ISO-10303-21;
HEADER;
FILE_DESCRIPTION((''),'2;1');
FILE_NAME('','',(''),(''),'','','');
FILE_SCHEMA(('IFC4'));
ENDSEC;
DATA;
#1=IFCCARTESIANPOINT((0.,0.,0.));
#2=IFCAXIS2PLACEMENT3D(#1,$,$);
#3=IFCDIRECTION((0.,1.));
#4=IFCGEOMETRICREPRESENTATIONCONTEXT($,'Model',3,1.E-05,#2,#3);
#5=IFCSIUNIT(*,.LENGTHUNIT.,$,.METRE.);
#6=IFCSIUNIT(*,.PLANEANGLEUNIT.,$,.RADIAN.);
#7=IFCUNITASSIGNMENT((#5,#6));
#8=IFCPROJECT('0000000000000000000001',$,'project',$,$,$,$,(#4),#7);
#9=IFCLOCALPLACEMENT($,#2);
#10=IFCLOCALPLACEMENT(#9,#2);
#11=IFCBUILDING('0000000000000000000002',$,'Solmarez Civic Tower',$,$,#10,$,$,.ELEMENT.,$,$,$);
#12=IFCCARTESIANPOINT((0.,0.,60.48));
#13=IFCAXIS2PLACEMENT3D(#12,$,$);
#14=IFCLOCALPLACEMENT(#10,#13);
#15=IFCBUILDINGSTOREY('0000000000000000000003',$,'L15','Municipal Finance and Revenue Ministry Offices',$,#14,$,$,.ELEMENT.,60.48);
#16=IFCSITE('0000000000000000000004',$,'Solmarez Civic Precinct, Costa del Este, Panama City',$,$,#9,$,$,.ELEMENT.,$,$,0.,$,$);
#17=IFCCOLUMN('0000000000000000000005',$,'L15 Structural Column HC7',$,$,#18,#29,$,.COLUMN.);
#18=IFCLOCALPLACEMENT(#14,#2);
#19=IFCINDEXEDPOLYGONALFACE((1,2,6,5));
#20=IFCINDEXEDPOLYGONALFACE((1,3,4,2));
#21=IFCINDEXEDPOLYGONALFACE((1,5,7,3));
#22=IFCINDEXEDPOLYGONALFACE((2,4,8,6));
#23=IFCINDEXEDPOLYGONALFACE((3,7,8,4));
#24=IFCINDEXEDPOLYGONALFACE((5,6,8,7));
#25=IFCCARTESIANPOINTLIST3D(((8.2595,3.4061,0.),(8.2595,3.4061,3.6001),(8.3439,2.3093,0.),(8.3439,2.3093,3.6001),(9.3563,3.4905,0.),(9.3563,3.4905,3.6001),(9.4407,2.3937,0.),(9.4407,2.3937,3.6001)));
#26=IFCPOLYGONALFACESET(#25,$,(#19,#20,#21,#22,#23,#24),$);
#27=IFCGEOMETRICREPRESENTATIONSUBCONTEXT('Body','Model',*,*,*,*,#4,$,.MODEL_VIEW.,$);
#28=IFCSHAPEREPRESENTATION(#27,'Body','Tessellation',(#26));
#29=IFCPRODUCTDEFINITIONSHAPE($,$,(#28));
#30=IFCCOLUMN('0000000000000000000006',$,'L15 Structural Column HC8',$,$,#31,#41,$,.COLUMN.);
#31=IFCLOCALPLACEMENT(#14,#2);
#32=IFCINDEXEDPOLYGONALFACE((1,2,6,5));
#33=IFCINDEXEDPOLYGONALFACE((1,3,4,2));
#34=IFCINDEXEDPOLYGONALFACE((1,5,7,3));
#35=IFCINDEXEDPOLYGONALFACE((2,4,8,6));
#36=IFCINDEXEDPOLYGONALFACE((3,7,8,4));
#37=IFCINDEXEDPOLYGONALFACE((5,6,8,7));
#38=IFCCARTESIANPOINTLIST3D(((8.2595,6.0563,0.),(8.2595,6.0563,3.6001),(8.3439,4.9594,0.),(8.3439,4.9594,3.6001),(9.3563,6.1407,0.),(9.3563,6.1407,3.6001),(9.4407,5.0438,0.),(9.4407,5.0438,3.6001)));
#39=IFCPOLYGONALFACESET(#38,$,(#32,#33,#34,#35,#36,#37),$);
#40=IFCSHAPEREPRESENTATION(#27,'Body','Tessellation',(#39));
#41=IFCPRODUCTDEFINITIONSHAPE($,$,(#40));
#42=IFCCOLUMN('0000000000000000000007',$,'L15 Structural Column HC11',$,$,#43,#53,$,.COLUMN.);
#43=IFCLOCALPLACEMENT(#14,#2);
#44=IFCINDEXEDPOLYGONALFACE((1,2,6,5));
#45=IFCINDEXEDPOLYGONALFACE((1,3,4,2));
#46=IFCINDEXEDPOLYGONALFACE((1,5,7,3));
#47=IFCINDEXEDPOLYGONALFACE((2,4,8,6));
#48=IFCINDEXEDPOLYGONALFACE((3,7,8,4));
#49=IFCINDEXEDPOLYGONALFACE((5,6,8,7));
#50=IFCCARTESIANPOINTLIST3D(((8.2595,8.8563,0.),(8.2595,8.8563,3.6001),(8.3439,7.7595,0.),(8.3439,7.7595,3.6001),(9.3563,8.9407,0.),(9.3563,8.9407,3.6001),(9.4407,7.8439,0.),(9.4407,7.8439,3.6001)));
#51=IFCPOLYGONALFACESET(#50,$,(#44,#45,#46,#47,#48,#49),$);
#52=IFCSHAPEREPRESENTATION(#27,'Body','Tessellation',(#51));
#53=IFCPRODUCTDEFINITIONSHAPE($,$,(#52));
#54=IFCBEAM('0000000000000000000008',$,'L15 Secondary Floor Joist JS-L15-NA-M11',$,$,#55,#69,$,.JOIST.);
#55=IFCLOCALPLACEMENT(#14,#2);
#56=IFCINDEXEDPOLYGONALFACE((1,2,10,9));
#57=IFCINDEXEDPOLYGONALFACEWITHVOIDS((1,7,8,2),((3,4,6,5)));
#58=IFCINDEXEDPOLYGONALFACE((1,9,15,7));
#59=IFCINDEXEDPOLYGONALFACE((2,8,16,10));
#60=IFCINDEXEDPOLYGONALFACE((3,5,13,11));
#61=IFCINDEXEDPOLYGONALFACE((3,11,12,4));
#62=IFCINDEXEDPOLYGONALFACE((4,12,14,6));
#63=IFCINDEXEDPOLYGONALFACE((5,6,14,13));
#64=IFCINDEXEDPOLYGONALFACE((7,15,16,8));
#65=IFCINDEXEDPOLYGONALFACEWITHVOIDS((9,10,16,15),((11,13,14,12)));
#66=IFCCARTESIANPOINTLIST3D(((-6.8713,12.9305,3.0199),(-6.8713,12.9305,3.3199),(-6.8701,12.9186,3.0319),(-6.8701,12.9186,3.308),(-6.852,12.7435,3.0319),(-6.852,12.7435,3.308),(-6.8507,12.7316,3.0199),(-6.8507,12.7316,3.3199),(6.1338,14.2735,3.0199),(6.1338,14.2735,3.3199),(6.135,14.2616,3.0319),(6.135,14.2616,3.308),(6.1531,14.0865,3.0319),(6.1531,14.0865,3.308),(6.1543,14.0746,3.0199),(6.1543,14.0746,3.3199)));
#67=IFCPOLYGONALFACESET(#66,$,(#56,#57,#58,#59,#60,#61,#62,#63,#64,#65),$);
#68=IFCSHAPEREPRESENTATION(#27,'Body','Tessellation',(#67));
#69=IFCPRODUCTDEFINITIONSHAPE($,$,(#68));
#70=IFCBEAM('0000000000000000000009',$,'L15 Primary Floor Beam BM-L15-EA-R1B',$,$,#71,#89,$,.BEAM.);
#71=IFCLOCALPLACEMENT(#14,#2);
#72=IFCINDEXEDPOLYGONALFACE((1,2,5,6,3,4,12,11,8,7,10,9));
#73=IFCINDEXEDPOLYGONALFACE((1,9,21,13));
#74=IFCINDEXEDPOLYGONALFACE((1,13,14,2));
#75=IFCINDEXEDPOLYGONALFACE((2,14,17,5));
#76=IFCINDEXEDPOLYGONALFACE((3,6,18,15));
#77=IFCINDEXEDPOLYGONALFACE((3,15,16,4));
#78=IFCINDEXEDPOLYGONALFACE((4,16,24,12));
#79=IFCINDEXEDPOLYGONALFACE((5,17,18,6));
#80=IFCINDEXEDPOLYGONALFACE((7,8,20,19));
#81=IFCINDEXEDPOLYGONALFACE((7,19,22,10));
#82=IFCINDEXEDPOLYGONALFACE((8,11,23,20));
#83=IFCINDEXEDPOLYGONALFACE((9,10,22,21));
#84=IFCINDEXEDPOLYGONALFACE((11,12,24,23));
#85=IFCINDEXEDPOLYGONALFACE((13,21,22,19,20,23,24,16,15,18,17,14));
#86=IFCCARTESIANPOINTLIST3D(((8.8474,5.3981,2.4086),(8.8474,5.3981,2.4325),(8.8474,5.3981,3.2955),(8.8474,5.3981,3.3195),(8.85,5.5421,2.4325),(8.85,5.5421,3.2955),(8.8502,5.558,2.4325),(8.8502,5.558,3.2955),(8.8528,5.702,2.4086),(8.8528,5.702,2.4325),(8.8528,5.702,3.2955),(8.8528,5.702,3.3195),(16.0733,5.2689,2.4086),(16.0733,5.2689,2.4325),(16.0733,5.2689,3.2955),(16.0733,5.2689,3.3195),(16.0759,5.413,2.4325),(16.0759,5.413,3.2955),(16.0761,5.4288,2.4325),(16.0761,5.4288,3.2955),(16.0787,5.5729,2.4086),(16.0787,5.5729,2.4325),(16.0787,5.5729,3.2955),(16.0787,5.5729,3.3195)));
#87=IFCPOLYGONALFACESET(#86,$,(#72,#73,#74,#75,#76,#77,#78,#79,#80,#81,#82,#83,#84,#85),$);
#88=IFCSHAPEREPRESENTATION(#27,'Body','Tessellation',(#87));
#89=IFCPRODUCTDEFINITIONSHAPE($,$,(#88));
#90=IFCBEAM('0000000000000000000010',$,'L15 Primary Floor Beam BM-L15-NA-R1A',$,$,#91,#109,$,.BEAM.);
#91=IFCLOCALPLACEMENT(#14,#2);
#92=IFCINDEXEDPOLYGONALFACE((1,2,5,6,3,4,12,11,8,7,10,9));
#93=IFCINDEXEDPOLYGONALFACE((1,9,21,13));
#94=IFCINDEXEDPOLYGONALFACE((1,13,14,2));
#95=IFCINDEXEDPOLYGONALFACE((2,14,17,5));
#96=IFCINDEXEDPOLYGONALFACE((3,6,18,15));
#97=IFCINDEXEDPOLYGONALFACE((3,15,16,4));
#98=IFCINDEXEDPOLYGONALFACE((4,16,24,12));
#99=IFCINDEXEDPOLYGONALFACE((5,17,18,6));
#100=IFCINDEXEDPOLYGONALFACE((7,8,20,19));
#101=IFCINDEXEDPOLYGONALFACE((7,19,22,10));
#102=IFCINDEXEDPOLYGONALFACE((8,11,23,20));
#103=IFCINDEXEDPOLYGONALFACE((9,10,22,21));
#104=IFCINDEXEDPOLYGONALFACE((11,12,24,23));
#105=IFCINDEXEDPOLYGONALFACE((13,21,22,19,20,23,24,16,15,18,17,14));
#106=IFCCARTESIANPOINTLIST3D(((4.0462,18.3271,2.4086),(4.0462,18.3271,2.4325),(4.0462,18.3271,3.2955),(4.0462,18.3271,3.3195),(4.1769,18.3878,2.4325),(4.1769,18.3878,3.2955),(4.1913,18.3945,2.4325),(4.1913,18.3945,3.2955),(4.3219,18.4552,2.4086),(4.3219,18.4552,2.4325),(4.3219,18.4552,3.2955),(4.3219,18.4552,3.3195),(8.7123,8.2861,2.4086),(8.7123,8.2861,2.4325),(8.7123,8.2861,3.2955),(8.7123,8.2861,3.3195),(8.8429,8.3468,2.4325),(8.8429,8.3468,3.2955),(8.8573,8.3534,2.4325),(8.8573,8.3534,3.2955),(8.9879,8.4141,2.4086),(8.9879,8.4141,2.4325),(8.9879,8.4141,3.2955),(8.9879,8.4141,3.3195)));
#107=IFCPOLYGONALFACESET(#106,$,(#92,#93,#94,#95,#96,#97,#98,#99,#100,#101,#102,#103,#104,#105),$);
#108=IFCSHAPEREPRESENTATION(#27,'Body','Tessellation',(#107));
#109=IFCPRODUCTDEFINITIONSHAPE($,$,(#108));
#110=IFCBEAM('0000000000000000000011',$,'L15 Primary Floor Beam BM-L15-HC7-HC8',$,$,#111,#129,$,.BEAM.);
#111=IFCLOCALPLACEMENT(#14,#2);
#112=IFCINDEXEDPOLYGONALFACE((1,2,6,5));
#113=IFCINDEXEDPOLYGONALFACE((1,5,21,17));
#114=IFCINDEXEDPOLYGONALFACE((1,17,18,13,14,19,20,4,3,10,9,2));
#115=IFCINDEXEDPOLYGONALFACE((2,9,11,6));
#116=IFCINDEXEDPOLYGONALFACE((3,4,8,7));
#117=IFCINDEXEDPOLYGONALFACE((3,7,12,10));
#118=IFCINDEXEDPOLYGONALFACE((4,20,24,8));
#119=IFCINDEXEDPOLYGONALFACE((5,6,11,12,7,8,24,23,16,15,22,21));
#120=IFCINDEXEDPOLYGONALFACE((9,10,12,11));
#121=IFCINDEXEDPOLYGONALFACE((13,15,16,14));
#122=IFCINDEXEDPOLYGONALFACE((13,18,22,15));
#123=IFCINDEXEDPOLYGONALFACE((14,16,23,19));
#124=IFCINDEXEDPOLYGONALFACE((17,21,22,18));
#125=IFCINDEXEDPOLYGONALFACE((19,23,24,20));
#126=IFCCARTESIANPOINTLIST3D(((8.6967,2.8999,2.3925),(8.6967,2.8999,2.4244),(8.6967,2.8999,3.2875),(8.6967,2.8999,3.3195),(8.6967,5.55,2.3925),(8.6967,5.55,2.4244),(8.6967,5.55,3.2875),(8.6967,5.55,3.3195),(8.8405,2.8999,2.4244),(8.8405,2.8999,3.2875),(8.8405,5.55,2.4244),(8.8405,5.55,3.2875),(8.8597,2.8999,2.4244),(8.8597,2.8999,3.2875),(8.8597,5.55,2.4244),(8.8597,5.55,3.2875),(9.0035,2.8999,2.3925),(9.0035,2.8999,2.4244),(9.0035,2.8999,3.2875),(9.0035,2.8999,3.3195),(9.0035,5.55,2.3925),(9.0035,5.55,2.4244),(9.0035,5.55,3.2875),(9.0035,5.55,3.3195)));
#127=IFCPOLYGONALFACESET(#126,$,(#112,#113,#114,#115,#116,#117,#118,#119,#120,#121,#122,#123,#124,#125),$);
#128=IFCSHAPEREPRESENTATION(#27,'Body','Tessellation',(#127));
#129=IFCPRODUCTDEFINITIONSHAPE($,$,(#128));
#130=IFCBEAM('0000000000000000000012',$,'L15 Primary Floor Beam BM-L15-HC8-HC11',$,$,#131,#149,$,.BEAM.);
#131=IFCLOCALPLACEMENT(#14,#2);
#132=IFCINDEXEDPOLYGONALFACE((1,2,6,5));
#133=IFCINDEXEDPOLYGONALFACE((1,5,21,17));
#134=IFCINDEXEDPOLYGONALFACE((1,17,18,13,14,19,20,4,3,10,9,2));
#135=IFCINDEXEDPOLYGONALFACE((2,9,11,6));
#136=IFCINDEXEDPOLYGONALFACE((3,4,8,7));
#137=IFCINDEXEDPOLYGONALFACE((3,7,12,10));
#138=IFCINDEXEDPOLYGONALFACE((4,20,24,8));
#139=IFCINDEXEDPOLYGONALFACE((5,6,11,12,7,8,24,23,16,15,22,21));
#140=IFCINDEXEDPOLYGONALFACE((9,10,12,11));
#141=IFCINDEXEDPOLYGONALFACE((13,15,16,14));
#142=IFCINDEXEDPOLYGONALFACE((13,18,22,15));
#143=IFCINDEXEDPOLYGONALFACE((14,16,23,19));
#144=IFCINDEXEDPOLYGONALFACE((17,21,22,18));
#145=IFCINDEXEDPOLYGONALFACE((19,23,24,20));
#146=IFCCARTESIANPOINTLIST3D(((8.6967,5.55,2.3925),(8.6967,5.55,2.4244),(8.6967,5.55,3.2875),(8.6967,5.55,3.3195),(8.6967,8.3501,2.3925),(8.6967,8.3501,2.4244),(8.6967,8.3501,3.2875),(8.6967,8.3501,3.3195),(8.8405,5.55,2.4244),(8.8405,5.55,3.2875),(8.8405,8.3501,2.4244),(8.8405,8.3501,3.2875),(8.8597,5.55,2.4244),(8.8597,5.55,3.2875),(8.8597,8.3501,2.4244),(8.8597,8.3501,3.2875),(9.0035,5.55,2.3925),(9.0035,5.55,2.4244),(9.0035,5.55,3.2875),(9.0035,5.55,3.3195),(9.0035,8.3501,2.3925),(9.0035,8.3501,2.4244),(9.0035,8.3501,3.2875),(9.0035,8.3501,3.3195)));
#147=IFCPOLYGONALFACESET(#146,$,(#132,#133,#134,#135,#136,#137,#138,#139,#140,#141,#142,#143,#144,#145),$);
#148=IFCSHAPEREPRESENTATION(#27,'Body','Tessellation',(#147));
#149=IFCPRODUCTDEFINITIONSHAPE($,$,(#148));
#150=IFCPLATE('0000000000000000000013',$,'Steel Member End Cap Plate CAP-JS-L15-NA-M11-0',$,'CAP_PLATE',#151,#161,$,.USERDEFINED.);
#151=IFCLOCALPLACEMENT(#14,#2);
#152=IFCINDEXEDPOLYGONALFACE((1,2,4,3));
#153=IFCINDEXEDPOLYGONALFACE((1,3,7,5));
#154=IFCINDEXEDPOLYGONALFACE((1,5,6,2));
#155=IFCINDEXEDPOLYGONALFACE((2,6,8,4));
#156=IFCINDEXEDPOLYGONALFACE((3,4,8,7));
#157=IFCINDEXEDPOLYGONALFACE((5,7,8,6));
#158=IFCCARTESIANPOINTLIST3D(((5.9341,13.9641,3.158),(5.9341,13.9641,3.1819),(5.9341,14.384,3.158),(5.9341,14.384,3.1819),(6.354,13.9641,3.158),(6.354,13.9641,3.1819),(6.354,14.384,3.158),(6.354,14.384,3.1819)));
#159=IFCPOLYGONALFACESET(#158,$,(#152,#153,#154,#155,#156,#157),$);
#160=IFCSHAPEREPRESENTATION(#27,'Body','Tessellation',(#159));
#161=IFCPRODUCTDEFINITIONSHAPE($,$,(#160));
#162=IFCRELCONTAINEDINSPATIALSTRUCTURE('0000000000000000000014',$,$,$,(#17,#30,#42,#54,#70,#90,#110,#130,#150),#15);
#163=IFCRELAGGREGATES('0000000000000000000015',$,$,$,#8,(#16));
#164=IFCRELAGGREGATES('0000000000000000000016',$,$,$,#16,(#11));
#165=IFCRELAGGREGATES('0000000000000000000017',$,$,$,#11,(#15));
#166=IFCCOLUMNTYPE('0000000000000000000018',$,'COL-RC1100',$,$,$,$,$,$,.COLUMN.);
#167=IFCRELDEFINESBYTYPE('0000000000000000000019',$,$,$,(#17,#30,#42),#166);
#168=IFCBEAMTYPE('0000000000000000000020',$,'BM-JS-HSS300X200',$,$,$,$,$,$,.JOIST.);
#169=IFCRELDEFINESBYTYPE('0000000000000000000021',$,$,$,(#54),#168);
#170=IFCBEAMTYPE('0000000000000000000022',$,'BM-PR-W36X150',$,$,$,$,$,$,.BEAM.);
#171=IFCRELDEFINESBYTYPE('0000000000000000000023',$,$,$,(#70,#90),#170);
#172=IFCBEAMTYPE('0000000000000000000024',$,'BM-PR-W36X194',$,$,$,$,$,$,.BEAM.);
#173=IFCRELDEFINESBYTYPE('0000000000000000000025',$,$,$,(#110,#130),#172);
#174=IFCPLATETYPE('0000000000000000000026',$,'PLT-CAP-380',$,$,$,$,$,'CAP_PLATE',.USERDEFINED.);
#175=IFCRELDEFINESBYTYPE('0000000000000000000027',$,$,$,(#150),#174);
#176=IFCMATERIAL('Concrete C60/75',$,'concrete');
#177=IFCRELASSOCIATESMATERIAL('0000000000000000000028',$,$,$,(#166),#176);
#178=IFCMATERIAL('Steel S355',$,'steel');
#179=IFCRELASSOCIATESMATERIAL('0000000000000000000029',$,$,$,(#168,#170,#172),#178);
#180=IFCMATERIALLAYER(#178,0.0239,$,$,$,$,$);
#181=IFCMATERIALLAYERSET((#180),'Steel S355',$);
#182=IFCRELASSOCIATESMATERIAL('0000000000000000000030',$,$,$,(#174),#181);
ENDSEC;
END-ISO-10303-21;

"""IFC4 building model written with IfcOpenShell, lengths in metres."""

from ifc_helpers import new_model, si_unit, direction, frame, origin, origin_2d, place, context, subcontext, project, spatial, rectangle, hollow_rectangle, i_section, extrude, material, layer, layer_set, material_profile, profile_set, type_object, element, save


model = new_model("IFC4")

# Units and contexts
model_context = context("Model", 3, precision=1e-05, world=origin(), true_north=direction((0.0, 1.0)))
body_context = subcontext(model_context, "Body", "Model", "MODEL_VIEW")
ifc_project = project(units=[si_unit("LENGTHUNIT", "METRE"), si_unit("PLANEANGLEUNIT", "RADIAN")], contexts=[model_context])

# Site, building, storey
site_placement = place(None, origin())
site = spatial("IfcSite", under=ifc_project, at=site_placement, Name="Solmarez Civic Precinct, Costa del Este, Panama City", CompositionType="ELEMENT", RefElevation=0.0)
building_placement = place(site_placement, origin())
building = spatial("IfcBuilding", under=site, at=building_placement, Name="Solmarez Civic Tower", CompositionType="ELEMENT")
storey_placement = place(building_placement, frame((0.0, 0.0, 60.48)))
storey = spatial("IfcBuildingStorey", under=building, at=storey_placement, Name="L15", Description="Municipal Finance and Revenue Ministry Offices", CompositionType="ELEMENT", Elevation=60.48)

# Columns
ifc_material_1 = material(Name="Concrete C60/75", Category="concrete")
ifc_material_profile_1 = material_profile(ifc_material_1, rectangle(XDim=1.1001, YDim=1.1001, at=origin_2d()), Name="RC1100X1100")
ifc_profile_set_1 = profile_set([ifc_material_profile_1], Name="Concrete C60/75")
column_type = type_object("IfcColumnType", Name="COL-RC1100", PredefinedType="COLUMN", material=ifc_profile_set_1)
for number, where, z_axis, x_axis, name in (
    (1, (8.8501, 2.8999, 0.0), (0.0, 0.0, 1.0), (0.997053, 0.076719, 0.0), "L15 Structural Column HC7"),
    (2, (8.8501, 5.55, 0.0), (0.0, 0.0, 1.0), (0.997053, 0.076719, 0.0), "L15 Structural Column HC8"),
    (3, (8.8501, 8.3501, 0.0), (0.0, 0.0, 1.0), (0.997053, 0.076719, 0.0), "L15 Structural Column HC11"),
):
    element("IfcColumn", number, at=place(storey_placement, frame(where, z_axis=z_axis, x_axis=x_axis)), inside=storey, type_object=column_type, Name=name, PredefinedType="COLUMN", context=body_context, shape_type="SweptSolid", body=[
        extrude(rectangle(XDim=1.1001, YDim=1.1001, at=origin_2d()), origin(), (0.0, 0.0, 1.0), 3.6001),
    ])

# Beams
ifc_material_2 = material(Name="Steel S355", Category="steel")
ifc_material_profile_2 = material_profile(ifc_material_2, hollow_rectangle(XDim=0.2, YDim=0.3, WallThickness=0.012, at=origin_2d()), Name="HSS300X200X12")
ifc_profile_set_2 = profile_set([ifc_material_profile_2], Name="Steel S355")
beam_type_1 = type_object("IfcBeamType", Name="BM-JS-HSS300X200", PredefinedType="JOIST", material=ifc_profile_set_2)
beam_1_placement = place(storey_placement, frame((6.144, 14.1741, 3.1699), z_axis=(-0.99471, -0.102722, 0.0), x_axis=(0.102722, -0.99471, 0.0)))
element("IfcBeam", 4, at=beam_1_placement, inside=storey, type_object=beam_type_1, Name="L15 Secondary Floor Joist JS-L15-NA-M11", PredefinedType="JOIST", context=body_context, shape_type="SweptSolid", body=[
    extrude(hollow_rectangle(XDim=0.2, YDim=0.3, WallThickness=0.012, at=origin_2d()), origin(), (0.0, 0.0, 1.0), 13.0742),
])
ifc_material_profile_3 = material_profile(ifc_material_2, i_section(OverallWidth=0.304, OverallDepth=0.9109, WebThickness=0.0159, FlangeThickness=0.0239, at=origin_2d()), Name="W36X150")
ifc_profile_set_3 = profile_set([ifc_material_profile_3], Name="Steel S355")
beam_type_2 = type_object("IfcBeamType", Name="BM-PR-W36X150", PredefinedType="BEAM", material=ifc_profile_set_3)
beam_2_placement = place(storey_placement, frame((8.8501, 5.55, 2.864), z_axis=(0.99984, -0.017871, 0.0), x_axis=(0.017871, 0.99984, 0.0)))
element("IfcBeam", 5, at=beam_2_placement, inside=storey, type_object=beam_type_2, Name="L15 Primary Floor Beam BM-L15-EA-R1B", PredefinedType="BEAM", context=body_context, shape_type="SweptSolid", body=[
    extrude(i_section(OverallWidth=0.304, OverallDepth=0.9109, WebThickness=0.0159, FlangeThickness=0.0239, at=origin_2d()), origin(), (0.0, 0.0, 1.0), 7.2271),
])
beam_3_placement = place(storey_placement, frame((8.8501, 8.3501, 2.864), z_axis=(-0.421417, 0.906867, 0.0), x_axis=(-0.906867, -0.421417, 0.0)))
element("IfcBeam", 6, at=beam_3_placement, inside=storey, type_object=beam_type_2, Name="L15 Primary Floor Beam BM-L15-NA-R1A", PredefinedType="BEAM", context=body_context, shape_type="SweptSolid", body=[
    extrude(i_section(OverallWidth=0.304, OverallDepth=0.9109, WebThickness=0.0159, FlangeThickness=0.0239, at=origin_2d()), origin(), (0.0, 0.0, 1.0), 11.0723),
])
ifc_material_profile_4 = material_profile(ifc_material_2, i_section(OverallWidth=0.3069, OverallDepth=0.927, WebThickness=0.0193, FlangeThickness=0.032, at=origin_2d()), Name="W36X194")
ifc_profile_set_4 = profile_set([ifc_material_profile_4], Name="Steel S355")
beam_type_3 = type_object("IfcBeamType", Name="BM-PR-W36X194", PredefinedType="BEAM", material=ifc_profile_set_4)
beam_4_placement = place(storey_placement, frame((8.8501, 2.8999, 2.856), z_axis=(0.0, 1.0, 0.0), x_axis=(-1.0, 0.0, 0.0)))
element("IfcBeam", 7, at=beam_4_placement, inside=storey, type_object=beam_type_3, Name="L15 Primary Floor Beam BM-L15-HC7-HC8", PredefinedType="BEAM", context=body_context, shape_type="SweptSolid", body=[
    extrude(i_section(OverallWidth=0.3069, OverallDepth=0.927, WebThickness=0.0193, FlangeThickness=0.032, at=origin_2d()), origin(), (0.0, 0.0, 1.0), 2.6501),
])
beam_5_placement = place(storey_placement, frame((8.8501, 5.55, 2.856), z_axis=(0.0, 1.0, 0.0), x_axis=(-1.0, 0.0, 0.0)))
element("IfcBeam", 8, at=beam_5_placement, inside=storey, type_object=beam_type_3, Name="L15 Primary Floor Beam BM-L15-HC8-HC11", PredefinedType="BEAM", context=body_context, shape_type="SweptSolid", body=[
    extrude(i_section(OverallWidth=0.3069, OverallDepth=0.927, WebThickness=0.0193, FlangeThickness=0.032, at=origin_2d()), origin(), (0.0, 0.0, 1.0), 2.8),
])

# Plate
ifc_layer_1 = layer(ifc_material_2, 0.0239)
ifc_layer_set_1 = layer_set([ifc_layer_1], Name="Steel S355")
plate_type = type_object("IfcPlateType", Name="PLT-CAP-380", ElementType="CAP_PLATE", PredefinedType="USERDEFINED", material=ifc_layer_set_1)
plate_placement = place(storey_placement, frame((6.144, 14.1741, 3.158), z_axis=(0.0, 0.0, 1.0), x_axis=(1.0, 0.0, 0.0)))
element("IfcPlate", 9, at=plate_placement, inside=storey, type_object=plate_type, Name="Steel Member End Cap Plate CAP-JS-L15-NA-M11-0", ObjectType="CAP_PLATE", PredefinedType="USERDEFINED", context=body_context, shape_type="SweptSolid", body=[
    extrude(rectangle(XDim=0.4199, YDim=0.4199, at=origin_2d()), origin(), (0.0, 0.0, 1.0), 0.0239),
])

save(model, "model.ifc")
